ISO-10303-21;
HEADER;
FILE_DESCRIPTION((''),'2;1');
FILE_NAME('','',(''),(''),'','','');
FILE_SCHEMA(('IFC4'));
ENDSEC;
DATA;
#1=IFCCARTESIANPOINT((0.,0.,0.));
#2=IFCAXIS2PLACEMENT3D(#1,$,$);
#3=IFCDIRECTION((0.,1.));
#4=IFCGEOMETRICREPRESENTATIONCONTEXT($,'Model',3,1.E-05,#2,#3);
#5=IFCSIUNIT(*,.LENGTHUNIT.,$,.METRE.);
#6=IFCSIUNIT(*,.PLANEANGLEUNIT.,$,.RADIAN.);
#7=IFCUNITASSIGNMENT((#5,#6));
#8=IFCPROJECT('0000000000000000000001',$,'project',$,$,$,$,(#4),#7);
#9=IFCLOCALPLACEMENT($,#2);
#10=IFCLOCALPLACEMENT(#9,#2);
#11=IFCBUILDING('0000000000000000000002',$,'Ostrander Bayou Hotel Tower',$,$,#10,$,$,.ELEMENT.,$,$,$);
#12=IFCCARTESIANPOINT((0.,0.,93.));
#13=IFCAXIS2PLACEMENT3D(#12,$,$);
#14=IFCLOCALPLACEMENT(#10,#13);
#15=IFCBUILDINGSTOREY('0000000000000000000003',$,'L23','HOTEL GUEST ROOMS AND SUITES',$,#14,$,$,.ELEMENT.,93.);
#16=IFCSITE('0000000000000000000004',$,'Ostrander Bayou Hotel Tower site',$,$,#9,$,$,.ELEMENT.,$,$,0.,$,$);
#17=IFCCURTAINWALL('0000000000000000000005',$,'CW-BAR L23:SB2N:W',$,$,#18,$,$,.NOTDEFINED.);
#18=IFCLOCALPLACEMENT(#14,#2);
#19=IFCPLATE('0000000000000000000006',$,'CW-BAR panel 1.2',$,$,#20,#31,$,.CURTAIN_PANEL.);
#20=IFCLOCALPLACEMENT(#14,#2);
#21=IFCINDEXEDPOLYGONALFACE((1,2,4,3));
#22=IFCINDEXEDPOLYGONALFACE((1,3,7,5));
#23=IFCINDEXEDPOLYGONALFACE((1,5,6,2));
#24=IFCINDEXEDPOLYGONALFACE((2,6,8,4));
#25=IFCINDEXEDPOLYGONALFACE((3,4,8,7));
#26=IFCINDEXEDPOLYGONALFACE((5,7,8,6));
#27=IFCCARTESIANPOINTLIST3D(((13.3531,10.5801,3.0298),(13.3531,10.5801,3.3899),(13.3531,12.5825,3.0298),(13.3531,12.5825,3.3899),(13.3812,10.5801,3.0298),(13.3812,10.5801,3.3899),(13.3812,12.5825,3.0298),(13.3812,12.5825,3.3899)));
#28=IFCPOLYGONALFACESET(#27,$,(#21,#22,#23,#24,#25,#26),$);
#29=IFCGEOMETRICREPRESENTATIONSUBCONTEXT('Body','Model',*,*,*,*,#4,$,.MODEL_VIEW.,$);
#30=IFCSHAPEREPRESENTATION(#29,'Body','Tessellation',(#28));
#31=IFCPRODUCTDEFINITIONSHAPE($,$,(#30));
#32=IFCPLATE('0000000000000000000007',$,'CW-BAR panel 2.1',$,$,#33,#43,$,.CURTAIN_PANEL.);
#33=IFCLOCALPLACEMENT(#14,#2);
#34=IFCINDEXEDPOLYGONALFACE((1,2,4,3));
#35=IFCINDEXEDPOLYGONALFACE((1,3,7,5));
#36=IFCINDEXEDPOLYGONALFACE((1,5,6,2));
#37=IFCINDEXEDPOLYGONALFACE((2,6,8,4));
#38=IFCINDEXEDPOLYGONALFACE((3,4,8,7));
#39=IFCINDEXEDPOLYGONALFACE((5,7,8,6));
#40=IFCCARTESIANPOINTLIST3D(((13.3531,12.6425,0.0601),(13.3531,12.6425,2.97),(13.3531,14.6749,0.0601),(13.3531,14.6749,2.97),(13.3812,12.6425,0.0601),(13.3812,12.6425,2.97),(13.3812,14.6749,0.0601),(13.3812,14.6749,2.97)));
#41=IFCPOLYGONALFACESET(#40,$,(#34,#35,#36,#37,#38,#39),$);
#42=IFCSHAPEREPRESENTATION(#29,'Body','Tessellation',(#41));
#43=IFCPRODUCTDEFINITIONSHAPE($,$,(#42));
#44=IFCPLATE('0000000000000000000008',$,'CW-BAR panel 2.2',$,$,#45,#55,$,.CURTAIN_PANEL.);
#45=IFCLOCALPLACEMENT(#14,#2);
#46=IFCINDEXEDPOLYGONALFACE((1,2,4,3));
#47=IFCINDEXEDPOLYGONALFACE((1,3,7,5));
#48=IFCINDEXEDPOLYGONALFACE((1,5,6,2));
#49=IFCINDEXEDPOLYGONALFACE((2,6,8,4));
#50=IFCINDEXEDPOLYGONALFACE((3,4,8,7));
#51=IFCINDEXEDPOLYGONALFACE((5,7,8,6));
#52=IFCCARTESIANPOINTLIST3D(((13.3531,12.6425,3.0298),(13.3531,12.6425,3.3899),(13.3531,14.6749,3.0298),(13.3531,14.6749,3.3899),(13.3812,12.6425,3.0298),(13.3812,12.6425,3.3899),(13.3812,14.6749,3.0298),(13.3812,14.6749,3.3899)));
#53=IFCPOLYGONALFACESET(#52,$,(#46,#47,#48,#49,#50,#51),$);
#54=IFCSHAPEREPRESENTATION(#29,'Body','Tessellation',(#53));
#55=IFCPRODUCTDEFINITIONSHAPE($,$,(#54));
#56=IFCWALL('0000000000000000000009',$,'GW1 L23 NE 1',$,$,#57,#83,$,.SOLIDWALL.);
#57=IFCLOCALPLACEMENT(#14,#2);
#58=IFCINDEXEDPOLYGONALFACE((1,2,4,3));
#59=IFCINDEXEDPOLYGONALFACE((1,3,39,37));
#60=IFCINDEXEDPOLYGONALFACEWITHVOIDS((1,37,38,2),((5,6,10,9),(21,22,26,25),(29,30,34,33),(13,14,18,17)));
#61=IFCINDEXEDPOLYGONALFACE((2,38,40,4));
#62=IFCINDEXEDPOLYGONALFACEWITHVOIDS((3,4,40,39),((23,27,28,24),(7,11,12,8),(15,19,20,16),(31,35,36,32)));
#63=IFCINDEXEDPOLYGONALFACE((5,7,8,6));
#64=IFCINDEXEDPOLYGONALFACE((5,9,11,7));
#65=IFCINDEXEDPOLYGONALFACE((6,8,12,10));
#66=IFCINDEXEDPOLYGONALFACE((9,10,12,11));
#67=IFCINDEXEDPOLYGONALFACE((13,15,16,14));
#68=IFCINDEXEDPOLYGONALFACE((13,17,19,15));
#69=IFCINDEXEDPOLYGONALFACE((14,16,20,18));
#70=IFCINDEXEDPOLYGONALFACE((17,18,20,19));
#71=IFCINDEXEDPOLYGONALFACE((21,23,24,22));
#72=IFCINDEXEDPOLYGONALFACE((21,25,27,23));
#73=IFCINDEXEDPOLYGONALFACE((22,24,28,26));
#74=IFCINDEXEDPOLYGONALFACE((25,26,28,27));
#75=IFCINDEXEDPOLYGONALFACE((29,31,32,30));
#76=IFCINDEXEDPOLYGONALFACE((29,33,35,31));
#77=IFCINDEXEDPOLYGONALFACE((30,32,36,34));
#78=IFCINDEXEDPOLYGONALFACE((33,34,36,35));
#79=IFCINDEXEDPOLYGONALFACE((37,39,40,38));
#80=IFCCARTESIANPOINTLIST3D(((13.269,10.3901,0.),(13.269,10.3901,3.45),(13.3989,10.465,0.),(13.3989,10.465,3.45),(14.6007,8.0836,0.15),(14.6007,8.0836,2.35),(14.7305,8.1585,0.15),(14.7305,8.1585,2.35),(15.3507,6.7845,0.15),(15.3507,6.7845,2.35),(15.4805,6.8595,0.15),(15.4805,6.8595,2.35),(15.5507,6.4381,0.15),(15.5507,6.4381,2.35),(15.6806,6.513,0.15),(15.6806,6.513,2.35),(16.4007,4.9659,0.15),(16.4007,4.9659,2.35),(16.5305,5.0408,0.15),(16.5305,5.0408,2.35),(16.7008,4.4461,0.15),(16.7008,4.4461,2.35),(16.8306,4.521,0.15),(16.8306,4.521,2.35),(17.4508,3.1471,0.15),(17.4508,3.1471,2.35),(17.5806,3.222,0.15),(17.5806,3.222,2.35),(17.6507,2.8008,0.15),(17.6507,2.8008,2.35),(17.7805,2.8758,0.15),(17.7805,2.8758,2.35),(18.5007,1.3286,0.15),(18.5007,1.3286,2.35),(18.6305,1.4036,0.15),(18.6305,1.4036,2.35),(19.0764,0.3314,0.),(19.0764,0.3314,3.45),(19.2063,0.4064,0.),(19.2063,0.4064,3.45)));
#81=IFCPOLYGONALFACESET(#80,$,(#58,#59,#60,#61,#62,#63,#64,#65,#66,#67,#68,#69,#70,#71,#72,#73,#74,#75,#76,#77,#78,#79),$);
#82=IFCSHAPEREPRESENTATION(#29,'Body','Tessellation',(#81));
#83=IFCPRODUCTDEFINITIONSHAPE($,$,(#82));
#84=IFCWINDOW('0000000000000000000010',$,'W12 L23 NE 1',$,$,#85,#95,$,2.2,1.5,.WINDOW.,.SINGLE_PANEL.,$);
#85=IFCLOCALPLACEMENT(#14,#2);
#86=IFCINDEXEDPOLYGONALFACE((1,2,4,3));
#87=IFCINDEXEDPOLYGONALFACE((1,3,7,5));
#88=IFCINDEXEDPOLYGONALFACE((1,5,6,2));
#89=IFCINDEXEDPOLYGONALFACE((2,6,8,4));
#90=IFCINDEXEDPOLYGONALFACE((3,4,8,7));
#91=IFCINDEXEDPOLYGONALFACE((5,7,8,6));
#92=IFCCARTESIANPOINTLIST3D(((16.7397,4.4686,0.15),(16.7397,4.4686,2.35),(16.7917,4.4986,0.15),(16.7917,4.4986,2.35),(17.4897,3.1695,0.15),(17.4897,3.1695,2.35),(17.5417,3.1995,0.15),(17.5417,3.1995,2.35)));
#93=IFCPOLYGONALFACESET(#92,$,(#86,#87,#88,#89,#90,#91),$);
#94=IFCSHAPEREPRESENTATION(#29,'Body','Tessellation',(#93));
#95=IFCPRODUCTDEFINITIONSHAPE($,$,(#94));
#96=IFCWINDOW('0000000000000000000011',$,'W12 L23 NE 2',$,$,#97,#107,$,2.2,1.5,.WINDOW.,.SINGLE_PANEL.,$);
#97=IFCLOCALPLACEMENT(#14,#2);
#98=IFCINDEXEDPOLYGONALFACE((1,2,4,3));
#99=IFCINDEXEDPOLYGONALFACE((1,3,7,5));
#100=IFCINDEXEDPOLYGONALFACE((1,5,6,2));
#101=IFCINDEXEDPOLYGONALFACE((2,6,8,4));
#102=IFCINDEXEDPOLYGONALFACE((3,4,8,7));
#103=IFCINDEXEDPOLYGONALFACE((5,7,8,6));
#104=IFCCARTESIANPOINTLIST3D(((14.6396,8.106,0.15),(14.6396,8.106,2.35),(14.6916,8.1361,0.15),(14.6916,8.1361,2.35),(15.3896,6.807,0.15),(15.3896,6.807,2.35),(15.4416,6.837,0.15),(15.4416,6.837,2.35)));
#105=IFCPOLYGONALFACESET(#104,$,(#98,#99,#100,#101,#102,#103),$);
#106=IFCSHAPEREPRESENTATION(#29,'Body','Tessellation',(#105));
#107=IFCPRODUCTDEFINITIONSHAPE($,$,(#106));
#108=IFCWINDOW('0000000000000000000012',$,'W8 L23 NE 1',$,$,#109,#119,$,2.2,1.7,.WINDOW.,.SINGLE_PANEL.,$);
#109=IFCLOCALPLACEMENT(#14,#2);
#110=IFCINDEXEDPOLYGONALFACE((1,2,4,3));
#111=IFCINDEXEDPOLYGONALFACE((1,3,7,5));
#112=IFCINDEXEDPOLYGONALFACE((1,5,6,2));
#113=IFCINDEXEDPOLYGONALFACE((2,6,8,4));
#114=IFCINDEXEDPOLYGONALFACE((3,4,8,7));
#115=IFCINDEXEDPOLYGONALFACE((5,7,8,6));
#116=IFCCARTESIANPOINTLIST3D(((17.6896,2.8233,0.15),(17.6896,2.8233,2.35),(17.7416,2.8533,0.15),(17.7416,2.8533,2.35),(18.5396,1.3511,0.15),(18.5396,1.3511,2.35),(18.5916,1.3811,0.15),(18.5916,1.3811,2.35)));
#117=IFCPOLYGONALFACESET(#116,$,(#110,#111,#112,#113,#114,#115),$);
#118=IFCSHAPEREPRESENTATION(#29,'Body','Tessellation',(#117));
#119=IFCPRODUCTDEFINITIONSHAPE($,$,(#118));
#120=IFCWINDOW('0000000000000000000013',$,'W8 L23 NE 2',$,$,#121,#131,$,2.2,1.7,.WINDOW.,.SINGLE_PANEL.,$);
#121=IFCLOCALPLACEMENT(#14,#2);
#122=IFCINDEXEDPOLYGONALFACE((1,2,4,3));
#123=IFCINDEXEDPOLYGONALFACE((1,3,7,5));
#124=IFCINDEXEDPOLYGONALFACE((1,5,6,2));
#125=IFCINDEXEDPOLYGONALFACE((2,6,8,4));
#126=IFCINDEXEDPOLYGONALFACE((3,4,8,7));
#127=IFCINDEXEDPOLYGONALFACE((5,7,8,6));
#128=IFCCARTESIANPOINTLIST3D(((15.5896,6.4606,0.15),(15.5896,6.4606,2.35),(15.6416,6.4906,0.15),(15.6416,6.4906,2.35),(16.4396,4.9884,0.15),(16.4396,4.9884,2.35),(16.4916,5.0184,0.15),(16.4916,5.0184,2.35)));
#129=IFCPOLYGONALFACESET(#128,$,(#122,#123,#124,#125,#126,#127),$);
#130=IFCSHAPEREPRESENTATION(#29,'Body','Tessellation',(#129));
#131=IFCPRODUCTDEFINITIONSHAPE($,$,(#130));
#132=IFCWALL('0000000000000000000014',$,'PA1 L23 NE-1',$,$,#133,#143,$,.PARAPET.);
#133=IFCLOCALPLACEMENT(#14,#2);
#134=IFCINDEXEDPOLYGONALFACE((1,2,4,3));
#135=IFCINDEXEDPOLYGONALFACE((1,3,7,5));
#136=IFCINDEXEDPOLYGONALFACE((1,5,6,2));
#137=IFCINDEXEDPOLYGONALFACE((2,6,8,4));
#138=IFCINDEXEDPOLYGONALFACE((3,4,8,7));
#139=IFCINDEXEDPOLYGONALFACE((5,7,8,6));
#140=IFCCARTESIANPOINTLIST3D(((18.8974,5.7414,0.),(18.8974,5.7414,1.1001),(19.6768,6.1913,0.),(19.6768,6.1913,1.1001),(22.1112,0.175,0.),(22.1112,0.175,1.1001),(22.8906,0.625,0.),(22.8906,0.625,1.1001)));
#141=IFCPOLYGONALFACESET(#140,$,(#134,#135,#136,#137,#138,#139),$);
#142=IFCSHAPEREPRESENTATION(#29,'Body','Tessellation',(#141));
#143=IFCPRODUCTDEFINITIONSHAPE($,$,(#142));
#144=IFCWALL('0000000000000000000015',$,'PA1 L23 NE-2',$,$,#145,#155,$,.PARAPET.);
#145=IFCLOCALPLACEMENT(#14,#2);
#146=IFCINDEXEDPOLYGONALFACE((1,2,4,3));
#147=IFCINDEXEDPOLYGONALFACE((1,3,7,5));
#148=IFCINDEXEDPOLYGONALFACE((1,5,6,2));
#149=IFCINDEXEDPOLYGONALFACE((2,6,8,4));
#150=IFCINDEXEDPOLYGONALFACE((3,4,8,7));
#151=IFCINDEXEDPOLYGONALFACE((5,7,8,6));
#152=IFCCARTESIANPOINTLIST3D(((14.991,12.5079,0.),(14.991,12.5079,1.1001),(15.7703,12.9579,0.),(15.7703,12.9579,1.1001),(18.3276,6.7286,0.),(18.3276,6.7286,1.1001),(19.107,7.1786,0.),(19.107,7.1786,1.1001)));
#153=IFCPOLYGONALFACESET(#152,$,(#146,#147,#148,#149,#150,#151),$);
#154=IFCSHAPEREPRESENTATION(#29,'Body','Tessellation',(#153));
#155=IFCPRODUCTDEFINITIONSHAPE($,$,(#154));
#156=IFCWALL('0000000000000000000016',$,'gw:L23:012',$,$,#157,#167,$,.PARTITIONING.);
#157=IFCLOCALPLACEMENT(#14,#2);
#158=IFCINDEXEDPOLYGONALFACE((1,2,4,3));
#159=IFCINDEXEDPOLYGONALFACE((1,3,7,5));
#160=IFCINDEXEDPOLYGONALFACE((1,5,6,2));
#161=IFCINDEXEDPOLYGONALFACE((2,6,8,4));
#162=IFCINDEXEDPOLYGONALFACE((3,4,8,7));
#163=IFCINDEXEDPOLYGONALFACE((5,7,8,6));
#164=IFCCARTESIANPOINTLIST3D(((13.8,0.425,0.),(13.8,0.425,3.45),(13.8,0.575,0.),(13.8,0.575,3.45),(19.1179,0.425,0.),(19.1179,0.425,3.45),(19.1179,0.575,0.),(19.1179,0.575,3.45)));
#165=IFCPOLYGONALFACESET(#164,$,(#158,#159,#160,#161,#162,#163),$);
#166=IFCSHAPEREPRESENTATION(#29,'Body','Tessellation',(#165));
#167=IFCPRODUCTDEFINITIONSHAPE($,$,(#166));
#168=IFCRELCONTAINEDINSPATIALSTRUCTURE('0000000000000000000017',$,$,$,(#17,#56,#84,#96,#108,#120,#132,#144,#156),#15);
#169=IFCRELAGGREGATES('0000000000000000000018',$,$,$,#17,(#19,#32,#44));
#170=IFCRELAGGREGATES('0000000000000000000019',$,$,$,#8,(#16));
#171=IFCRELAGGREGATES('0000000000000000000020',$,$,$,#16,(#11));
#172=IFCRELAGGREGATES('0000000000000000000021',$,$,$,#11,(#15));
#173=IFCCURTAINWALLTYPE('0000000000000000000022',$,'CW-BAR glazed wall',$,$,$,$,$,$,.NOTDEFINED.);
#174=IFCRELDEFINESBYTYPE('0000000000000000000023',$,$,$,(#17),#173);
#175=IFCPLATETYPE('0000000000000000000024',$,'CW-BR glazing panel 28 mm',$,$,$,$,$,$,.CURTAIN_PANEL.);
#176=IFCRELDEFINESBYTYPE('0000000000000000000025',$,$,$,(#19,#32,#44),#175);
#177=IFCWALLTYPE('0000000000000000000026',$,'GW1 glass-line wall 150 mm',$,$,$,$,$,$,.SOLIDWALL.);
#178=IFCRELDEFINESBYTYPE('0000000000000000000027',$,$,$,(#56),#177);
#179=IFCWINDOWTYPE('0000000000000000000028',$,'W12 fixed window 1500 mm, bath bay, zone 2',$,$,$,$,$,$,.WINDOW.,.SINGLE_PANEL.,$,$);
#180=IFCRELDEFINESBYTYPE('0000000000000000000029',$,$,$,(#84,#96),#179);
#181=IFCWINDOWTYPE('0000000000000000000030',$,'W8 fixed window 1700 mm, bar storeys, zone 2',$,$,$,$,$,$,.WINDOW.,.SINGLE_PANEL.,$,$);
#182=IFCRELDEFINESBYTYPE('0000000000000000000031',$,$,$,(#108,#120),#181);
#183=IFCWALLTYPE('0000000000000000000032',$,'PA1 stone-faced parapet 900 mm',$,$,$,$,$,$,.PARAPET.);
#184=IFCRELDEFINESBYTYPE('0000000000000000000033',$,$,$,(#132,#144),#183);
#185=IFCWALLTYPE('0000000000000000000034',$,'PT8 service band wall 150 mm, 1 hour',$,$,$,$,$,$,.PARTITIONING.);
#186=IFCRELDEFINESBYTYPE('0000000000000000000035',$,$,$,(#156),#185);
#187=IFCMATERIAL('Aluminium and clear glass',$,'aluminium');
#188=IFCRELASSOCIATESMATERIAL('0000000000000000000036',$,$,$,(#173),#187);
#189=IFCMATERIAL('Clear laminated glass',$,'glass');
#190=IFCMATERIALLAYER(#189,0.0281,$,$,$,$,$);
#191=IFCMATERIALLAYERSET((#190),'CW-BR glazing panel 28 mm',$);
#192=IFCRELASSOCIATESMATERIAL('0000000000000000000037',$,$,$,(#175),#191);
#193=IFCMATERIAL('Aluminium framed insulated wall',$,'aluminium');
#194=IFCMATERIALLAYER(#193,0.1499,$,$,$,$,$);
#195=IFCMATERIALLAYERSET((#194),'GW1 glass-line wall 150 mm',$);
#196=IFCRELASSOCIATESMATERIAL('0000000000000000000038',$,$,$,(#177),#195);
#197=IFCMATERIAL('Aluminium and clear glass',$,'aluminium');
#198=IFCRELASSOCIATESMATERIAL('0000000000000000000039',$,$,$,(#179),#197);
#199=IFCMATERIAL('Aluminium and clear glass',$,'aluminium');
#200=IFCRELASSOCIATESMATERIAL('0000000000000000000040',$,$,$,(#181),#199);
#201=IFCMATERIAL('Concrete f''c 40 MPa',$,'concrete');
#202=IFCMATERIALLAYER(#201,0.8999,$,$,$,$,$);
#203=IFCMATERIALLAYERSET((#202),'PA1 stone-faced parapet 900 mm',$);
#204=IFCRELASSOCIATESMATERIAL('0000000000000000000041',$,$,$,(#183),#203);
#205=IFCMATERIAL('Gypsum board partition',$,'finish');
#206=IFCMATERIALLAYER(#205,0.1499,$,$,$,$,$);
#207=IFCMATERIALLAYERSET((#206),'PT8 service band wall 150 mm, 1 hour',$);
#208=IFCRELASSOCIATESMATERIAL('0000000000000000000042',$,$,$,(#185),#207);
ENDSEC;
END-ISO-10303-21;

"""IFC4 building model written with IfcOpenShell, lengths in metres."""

from ifc_helpers import new_model, si_unit, direction, frame, frame_2d, origin, origin_2d, place, context, subcontext, project, spatial, rectangle, extrude, material, layer, layer_set, type_object, element, fill, aggregate, save


model = new_model("IFC4")

# Units and contexts
model_context = context("Model", 3, precision=1e-05, world=origin(), true_north=direction((0.0, 1.0)))
body_context = subcontext(model_context, "Body", "Model", "MODEL_VIEW")
ifc_project = project(units=[si_unit("LENGTHUNIT", "METRE"), si_unit("PLANEANGLEUNIT", "RADIAN")], contexts=[model_context])

# Site, building, storey
site_placement = place(None, origin())
site = spatial("IfcSite", under=ifc_project, at=site_placement, Name="Ostrander Bayou Hotel Tower site", CompositionType="ELEMENT", RefElevation=0.0)
building_placement = place(site_placement, origin())
building = spatial("IfcBuilding", under=site, at=building_placement, Name="Ostrander Bayou Hotel Tower", CompositionType="ELEMENT")
storey_placement = place(building_placement, frame((0.0, 0.0, 93.0)))
storey = spatial("IfcBuildingStorey", under=building, at=storey_placement, Name="L23", Description="HOTEL GUEST ROOMS AND SUITES", CompositionType="ELEMENT", Elevation=93.0)

# Curtain wall
ifc_material_1 = material(Name="Aluminium and clear glass", Category="aluminium")
curtain_wall_type = type_object("IfcCurtainWallType", Name="CW-BAR glazed wall", PredefinedType="NOTDEFINED", material=ifc_material_1)
curtain_wall_placement = place(storey_placement, origin())
curtain_wall = element("IfcCurtainWall", 1, at=curtain_wall_placement, inside=storey, type_object=curtain_wall_type, Name="CW-BAR L23:SB2N:W", PredefinedType="NOTDEFINED")

# Plates
ifc_material_2 = material(Name="Clear laminated glass", Category="glass")
ifc_layer_1 = layer(ifc_material_2, 0.0281)
ifc_layer_set_1 = layer_set([ifc_layer_1], Name="CW-BR glazing panel 28 mm")
plate_type = type_object("IfcPlateType", Name="CW-BR glazing panel 28 mm", PredefinedType="CURTAIN_PANEL", material=ifc_layer_set_1)
plate_1_placement = place(storey_placement, frame((13.3672, 11.5813, 3.0298), z_axis=(0.0, 0.0, 1.0), x_axis=(0.0, 1.0, 0.0)))
plate_1 = element("IfcPlate", 2, at=plate_1_placement, type_object=plate_type, Name="CW-BAR panel 1.2", PredefinedType="CURTAIN_PANEL", context=body_context, shape_type="SweptSolid", body=[
    extrude(rectangle(XDim=2.0024, YDim=0.0281, at=origin_2d()), origin(), (0.0, 0.0, 1.0), 0.3601),
])
plate_2_placement = place(storey_placement, frame((13.3672, 13.6587, 0.0601), z_axis=(0.0, 0.0, 1.0), x_axis=(0.0, 1.0, 0.0)))
plate_2 = element("IfcPlate", 3, at=plate_2_placement, type_object=plate_type, Name="CW-BAR panel 2.1", PredefinedType="CURTAIN_PANEL", context=body_context, shape_type="SweptSolid", body=[
    extrude(rectangle(XDim=2.0325, YDim=0.0281, at=origin_2d()), origin(), (0.0, 0.0, 1.0), 2.9099),
])
plate_3_placement = place(storey_placement, frame((13.3672, 13.6587, 3.0298), z_axis=(0.0, 0.0, 1.0), x_axis=(0.0, 1.0, 0.0)))
plate_3 = element("IfcPlate", 4, at=plate_3_placement, type_object=plate_type, Name="CW-BAR panel 2.2", PredefinedType="CURTAIN_PANEL", context=body_context, shape_type="SweptSolid", body=[
    extrude(rectangle(XDim=2.0325, YDim=0.0281, at=origin_2d()), origin(), (0.0, 0.0, 1.0), 0.3601),
])
aggregate(curtain_wall, [plate_1, plate_2, plate_3])

# Wall, openings, windows
ifc_material_3 = material(Name="Aluminium framed insulated wall", Category="aluminium")
ifc_layer_2 = layer(ifc_material_3, 0.1499)
ifc_layer_set_2 = layer_set([ifc_layer_2], Name="GW1 glass-line wall 150 mm")
wall_type_1 = type_object("IfcWallType", Name="GW1 glass-line wall 150 mm", PredefinedType="SOLIDWALL", material=ifc_layer_set_2)
wall_1_placement = place(storey_placement, frame((19.1414, 0.3689, 0.0), z_axis=(0.0, 0.0, 1.0), x_axis=(-0.500003, 0.866024, 0.0)))
wall_1 = element("IfcWall", 5, at=wall_1_placement, inside=storey, type_object=wall_type_1, Name="GW1 L23 NE 1", PredefinedType="SOLIDWALL", context=body_context, shape_type="SweptSolid", body=[
    extrude(rectangle(XDim=11.6147, YDim=0.1499, at=frame_2d((5.8074, 0.0))), origin(), (0.0, 0.0, 1.0), 3.45),
])
opening_1_placement = place(wall_1_placement, frame((1.1514, 0.0, 0.1499)))
opening_1 = element("IfcOpeningElement", 6, at=opening_1_placement, cuts=wall_1, PredefinedType="OPENING", context=body_context, shape_type="SweptSolid", body=[
    extrude(rectangle(XDim=1.7, YDim=2.2, at=frame_2d((0.8501, 1.1001))), frame((0.0, 0.075, 0.0), z_axis=(0.0, -1.0, 0.0), x_axis=(1.0, 0.0, 0.0)), (0.0, 0.0, 1.0), 0.1499),
])
opening_2_placement = place(wall_1_placement, frame((3.2512, 0.0, 0.1499)))
opening_2 = element("IfcOpeningElement", 7, at=opening_2_placement, cuts=wall_1, PredefinedType="OPENING", context=body_context, shape_type="SweptSolid", body=[
    extrude(rectangle(XDim=1.5, YDim=2.2, at=frame_2d((0.75, 1.1001))), frame((0.0, 0.075, 0.0), z_axis=(0.0, -1.0, 0.0), x_axis=(1.0, 0.0, 0.0)), (0.0, 0.0, 1.0), 0.1499),
])
opening_3_placement = place(wall_1_placement, frame((5.3513, 0.0, 0.1499)))
opening_3 = element("IfcOpeningElement", 8, at=opening_3_placement, cuts=wall_1, PredefinedType="OPENING", context=body_context, shape_type="SweptSolid", body=[
    extrude(rectangle(XDim=1.7, YDim=2.2, at=frame_2d((0.8501, 1.1001))), frame((0.0, 0.075, 0.0), z_axis=(0.0, -1.0, 0.0), x_axis=(1.0, 0.0, 0.0)), (0.0, 0.0, 1.0), 0.1499),
])
opening_4_placement = place(wall_1_placement, frame((7.4514, 0.0, 0.1499)))
opening_4 = element("IfcOpeningElement", 9, at=opening_4_placement, cuts=wall_1, PredefinedType="OPENING", context=body_context, shape_type="SweptSolid", body=[
    extrude(rectangle(XDim=1.5, YDim=2.2, at=frame_2d((0.75, 1.1001))), frame((0.0, 0.075, 0.0), z_axis=(0.0, -1.0, 0.0), x_axis=(1.0, 0.0, 0.0)), (0.0, 0.0, 1.0), 0.1499),
])
ifc_material_4 = material(Name="Aluminium and clear glass", Category="aluminium")
window_type_1 = type_object("IfcWindowType", Name="W12 fixed window 1500 mm, bath bay, zone 2", PartitioningType="SINGLE_PANEL", PredefinedType="WINDOW", material=ifc_material_4)
window_1_placement = place(opening_2_placement, origin())
window_1 = element("IfcWindow", 10, at=window_1_placement, inside=storey, type_object=window_type_1, Name="W12 L23 NE 1", OverallHeight=2.2, OverallWidth=1.5, PartitioningType="SINGLE_PANEL", PredefinedType="WINDOW", context=body_context, shape_type="SweptSolid", body=[
    extrude(rectangle(XDim=1.5, YDim=2.2, at=frame_2d((0.75, 1.1001))), frame((0.0, 0.03, 0.0), z_axis=(0.0, -1.0, 0.0), x_axis=(1.0, 0.0, 0.0)), (0.0, 0.0, 1.0), 0.0601),
])
fill(opening_2, window_1)
window_2_placement = place(opening_4_placement, origin())
window_2 = element("IfcWindow", 11, at=window_2_placement, inside=storey, type_object=window_type_1, Name="W12 L23 NE 2", OverallHeight=2.2, OverallWidth=1.5, PartitioningType="SINGLE_PANEL", PredefinedType="WINDOW", context=body_context, shape_type="SweptSolid", body=[
    extrude(rectangle(XDim=1.5, YDim=2.2, at=frame_2d((0.75, 1.1001))), frame((0.0, 0.03, 0.0), z_axis=(0.0, -1.0, 0.0), x_axis=(1.0, 0.0, 0.0)), (0.0, 0.0, 1.0), 0.0601),
])
fill(opening_4, window_2)
ifc_material_5 = material(Name="Aluminium and clear glass", Category="aluminium")
window_type_2 = type_object("IfcWindowType", Name="W8 fixed window 1700 mm, bar storeys, zone 2", PartitioningType="SINGLE_PANEL", PredefinedType="WINDOW", material=ifc_material_5)
window_3_placement = place(opening_1_placement, origin())
window_3 = element("IfcWindow", 12, at=window_3_placement, inside=storey, type_object=window_type_2, Name="W8 L23 NE 1", OverallHeight=2.2, OverallWidth=1.7, PartitioningType="SINGLE_PANEL", PredefinedType="WINDOW", context=body_context, shape_type="SweptSolid", body=[
    extrude(rectangle(XDim=1.7, YDim=2.2, at=frame_2d((0.8501, 1.1001))), frame((0.0, 0.03, 0.0), z_axis=(0.0, -1.0, 0.0), x_axis=(1.0, 0.0, 0.0)), (0.0, 0.0, 1.0), 0.0601),
])
fill(opening_1, window_3)
window_4_placement = place(opening_3_placement, origin())
window_4 = element("IfcWindow", 13, at=window_4_placement, inside=storey, type_object=window_type_2, Name="W8 L23 NE 2", OverallHeight=2.2, OverallWidth=1.7, PartitioningType="SINGLE_PANEL", PredefinedType="WINDOW", context=body_context, shape_type="SweptSolid", body=[
    extrude(rectangle(XDim=1.7, YDim=2.2, at=frame_2d((0.8501, 1.1001))), frame((0.0, 0.03, 0.0), z_axis=(0.0, -1.0, 0.0), x_axis=(1.0, 0.0, 0.0)), (0.0, 0.0, 1.0), 0.0601),
])
fill(opening_3, window_4)

# Walls
ifc_material_6 = material(Name="Concrete f'c 40 MPa", Category="concrete")
ifc_layer_3 = layer(ifc_material_6, 0.8999)
ifc_layer_set_3 = layer_set([ifc_layer_3], Name="PA1 stone-faced parapet 900 mm")
wall_type_2 = type_object("IfcWallType", Name="PA1 stone-faced parapet 900 mm", PredefinedType="PARAPET", material=ifc_layer_set_3)
wall_2_placement = place(storey_placement, frame((22.501, 0.3999, 0.0), z_axis=(0.0, 0.0, 1.0), x_axis=(-0.500012, 0.866019, 0.0)))
element("IfcWall", 14, at=wall_2_placement, inside=storey, type_object=wall_type_2, Name="PA1 L23 NE-1", PredefinedType="PARAPET", context=body_context, shape_type="SweptSolid", body=[
    extrude(rectangle(XDim=6.4275, YDim=0.8999, at=frame_2d((3.2139, 0.0))), origin(), (0.0, 0.0, 1.0), 1.1001),
])
wall_3_placement = place(storey_placement, frame((18.7173, 6.9536, 0.0), z_axis=(0.0, 0.0, 1.0), x_axis=(-0.499999, 0.866026, 0.0)))
element("IfcWall", 15, at=wall_3_placement, inside=storey, type_object=wall_type_2, Name="PA1 L23 NE-2", PredefinedType="PARAPET", context=body_context, shape_type="SweptSolid", body=[
    extrude(rectangle(XDim=6.6733, YDim=0.8999, at=frame_2d((3.3367, 0.0))), origin(), (0.0, 0.0, 1.0), 1.1001),
])
ifc_material_7 = material(Name="Gypsum board partition", Category="finish")
ifc_layer_4 = layer(ifc_material_7, 0.1499)
ifc_layer_set_4 = layer_set([ifc_layer_4], Name="PT8 service band wall 150 mm, 1 hour")
wall_type_3 = type_object("IfcWallType", Name="PT8 service band wall 150 mm, 1 hour", PredefinedType="PARTITIONING", material=ifc_layer_set_4)
wall_4_placement = place(storey_placement, frame((13.8, 0.5, 0.0), z_axis=(0.0, 0.0, 1.0), x_axis=(1.0, 0.0, 0.0)))
element("IfcWall", 16, at=wall_4_placement, inside=storey, type_object=wall_type_3, Name="gw:L23:012", PredefinedType="PARTITIONING", context=body_context, shape_type="SweptSolid", body=[
    extrude(rectangle(XDim=5.3179, YDim=0.1499, at=frame_2d((2.6589, 0.0))), origin(), (0.0, 0.0, 1.0), 3.45),
])

save(model, "model.ifc")
